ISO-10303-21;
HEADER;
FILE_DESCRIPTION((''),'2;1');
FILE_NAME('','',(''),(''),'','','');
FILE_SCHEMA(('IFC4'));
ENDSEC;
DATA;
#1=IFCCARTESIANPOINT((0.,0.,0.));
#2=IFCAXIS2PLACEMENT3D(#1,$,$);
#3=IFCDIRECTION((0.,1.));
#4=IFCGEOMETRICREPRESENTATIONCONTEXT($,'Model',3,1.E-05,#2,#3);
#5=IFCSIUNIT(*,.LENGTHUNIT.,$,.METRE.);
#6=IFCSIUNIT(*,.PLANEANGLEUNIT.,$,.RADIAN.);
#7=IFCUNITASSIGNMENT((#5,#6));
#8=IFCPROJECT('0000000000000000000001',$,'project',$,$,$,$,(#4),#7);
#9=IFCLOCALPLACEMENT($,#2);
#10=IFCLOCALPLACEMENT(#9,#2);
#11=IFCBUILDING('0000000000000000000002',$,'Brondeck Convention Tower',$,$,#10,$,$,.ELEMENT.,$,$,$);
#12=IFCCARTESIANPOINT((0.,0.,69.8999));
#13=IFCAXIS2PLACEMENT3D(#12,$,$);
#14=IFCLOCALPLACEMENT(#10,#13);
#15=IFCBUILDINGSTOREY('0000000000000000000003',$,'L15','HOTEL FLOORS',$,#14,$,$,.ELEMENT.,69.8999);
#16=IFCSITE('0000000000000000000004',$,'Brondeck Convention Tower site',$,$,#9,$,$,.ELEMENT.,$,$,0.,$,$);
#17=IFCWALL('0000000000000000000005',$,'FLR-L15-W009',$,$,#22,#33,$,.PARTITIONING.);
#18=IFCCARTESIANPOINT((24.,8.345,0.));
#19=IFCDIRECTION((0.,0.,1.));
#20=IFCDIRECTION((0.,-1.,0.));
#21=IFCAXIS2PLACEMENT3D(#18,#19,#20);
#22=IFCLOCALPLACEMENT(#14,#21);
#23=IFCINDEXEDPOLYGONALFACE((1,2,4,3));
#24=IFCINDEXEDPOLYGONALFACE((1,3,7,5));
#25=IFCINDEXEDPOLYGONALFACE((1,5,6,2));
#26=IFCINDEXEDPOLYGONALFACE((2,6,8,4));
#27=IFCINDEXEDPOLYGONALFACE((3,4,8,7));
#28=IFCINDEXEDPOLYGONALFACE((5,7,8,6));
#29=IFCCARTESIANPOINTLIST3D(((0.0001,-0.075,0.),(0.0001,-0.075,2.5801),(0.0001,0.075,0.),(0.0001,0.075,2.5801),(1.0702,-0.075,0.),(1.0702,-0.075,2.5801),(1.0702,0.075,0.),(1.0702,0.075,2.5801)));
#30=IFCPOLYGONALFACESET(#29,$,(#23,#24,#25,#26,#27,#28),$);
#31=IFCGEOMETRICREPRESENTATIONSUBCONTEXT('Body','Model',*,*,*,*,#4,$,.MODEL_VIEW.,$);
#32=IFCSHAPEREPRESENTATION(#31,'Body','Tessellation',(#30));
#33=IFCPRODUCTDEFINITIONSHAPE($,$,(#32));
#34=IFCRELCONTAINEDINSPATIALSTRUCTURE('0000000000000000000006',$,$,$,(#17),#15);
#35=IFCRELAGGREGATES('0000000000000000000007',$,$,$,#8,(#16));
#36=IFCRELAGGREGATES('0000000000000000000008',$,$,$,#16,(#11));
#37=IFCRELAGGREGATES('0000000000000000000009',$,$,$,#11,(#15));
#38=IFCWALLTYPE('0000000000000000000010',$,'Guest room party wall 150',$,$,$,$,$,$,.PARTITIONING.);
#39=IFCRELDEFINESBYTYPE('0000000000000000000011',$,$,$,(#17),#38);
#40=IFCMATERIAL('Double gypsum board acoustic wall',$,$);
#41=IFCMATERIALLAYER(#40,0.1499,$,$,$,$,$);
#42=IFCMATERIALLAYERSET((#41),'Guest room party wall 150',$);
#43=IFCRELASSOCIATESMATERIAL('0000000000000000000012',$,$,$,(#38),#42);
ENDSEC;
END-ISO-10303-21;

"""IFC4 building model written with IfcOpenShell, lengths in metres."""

from ifc_helpers import new_model, si_unit, direction, frame, frame_2d, origin, place, context, subcontext, project, spatial, rectangle, extrude, material, layer, layer_set, type_object, element, save


model = new_model("IFC4")

# Units and contexts
model_context = context("Model", 3, precision=1e-05, world=origin(), true_north=direction((0.0, 1.0)))
body_context = subcontext(model_context, "Body", "Model", "MODEL_VIEW")
ifc_project = project(units=[si_unit("LENGTHUNIT", "METRE"), si_unit("PLANEANGLEUNIT", "RADIAN")], contexts=[model_context])

# Site, building, storey
site_placement = place(None, origin())
site = spatial("IfcSite", under=ifc_project, at=site_placement, Name="Brondeck Convention Tower site", CompositionType="ELEMENT", RefElevation=0.0)
building_placement = place(site_placement, origin())
building = spatial("IfcBuilding", under=site, at=building_placement, Name="Brondeck Convention Tower", CompositionType="ELEMENT")
storey_placement = place(building_placement, frame((0.0, 0.0, 69.8999)))
storey = spatial("IfcBuildingStorey", under=building, at=storey_placement, Name="L15", Description="HOTEL FLOORS", CompositionType="ELEMENT", Elevation=69.8999)

# Shared definitions
ifc_material_1 = material(Name="Double gypsum board acoustic wall")
ifc_layer_1 = layer(ifc_material_1, 0.1499)
ifc_layer_set_1 = layer_set([ifc_layer_1], Name="Guest room party wall 150")
wall_type_1 = type_object("IfcWallType", Name="Guest room party wall 150", PredefinedType="PARTITIONING", material=ifc_layer_set_1)

# Wall
wall_1_placement = place(storey_placement, frame((24.0, 8.345, 0.0), z_axis=(0.0, 0.0, 1.0), x_axis=(0.0, -1.0, 0.0)))
element("IfcWall", 1, at=wall_1_placement, inside=storey, type_object=wall_type_1, Name="FLR-L15-W009", PredefinedType="PARTITIONING", context=body_context, shape_type="SweptSolid", body=[
    extrude(rectangle(XDim=1.0701, YDim=0.1499, at=frame_2d((0.5352, 0.0))), origin(), (0.0, 0.0, 1.0), 2.5801),
])

save(model, "model.ifc")
